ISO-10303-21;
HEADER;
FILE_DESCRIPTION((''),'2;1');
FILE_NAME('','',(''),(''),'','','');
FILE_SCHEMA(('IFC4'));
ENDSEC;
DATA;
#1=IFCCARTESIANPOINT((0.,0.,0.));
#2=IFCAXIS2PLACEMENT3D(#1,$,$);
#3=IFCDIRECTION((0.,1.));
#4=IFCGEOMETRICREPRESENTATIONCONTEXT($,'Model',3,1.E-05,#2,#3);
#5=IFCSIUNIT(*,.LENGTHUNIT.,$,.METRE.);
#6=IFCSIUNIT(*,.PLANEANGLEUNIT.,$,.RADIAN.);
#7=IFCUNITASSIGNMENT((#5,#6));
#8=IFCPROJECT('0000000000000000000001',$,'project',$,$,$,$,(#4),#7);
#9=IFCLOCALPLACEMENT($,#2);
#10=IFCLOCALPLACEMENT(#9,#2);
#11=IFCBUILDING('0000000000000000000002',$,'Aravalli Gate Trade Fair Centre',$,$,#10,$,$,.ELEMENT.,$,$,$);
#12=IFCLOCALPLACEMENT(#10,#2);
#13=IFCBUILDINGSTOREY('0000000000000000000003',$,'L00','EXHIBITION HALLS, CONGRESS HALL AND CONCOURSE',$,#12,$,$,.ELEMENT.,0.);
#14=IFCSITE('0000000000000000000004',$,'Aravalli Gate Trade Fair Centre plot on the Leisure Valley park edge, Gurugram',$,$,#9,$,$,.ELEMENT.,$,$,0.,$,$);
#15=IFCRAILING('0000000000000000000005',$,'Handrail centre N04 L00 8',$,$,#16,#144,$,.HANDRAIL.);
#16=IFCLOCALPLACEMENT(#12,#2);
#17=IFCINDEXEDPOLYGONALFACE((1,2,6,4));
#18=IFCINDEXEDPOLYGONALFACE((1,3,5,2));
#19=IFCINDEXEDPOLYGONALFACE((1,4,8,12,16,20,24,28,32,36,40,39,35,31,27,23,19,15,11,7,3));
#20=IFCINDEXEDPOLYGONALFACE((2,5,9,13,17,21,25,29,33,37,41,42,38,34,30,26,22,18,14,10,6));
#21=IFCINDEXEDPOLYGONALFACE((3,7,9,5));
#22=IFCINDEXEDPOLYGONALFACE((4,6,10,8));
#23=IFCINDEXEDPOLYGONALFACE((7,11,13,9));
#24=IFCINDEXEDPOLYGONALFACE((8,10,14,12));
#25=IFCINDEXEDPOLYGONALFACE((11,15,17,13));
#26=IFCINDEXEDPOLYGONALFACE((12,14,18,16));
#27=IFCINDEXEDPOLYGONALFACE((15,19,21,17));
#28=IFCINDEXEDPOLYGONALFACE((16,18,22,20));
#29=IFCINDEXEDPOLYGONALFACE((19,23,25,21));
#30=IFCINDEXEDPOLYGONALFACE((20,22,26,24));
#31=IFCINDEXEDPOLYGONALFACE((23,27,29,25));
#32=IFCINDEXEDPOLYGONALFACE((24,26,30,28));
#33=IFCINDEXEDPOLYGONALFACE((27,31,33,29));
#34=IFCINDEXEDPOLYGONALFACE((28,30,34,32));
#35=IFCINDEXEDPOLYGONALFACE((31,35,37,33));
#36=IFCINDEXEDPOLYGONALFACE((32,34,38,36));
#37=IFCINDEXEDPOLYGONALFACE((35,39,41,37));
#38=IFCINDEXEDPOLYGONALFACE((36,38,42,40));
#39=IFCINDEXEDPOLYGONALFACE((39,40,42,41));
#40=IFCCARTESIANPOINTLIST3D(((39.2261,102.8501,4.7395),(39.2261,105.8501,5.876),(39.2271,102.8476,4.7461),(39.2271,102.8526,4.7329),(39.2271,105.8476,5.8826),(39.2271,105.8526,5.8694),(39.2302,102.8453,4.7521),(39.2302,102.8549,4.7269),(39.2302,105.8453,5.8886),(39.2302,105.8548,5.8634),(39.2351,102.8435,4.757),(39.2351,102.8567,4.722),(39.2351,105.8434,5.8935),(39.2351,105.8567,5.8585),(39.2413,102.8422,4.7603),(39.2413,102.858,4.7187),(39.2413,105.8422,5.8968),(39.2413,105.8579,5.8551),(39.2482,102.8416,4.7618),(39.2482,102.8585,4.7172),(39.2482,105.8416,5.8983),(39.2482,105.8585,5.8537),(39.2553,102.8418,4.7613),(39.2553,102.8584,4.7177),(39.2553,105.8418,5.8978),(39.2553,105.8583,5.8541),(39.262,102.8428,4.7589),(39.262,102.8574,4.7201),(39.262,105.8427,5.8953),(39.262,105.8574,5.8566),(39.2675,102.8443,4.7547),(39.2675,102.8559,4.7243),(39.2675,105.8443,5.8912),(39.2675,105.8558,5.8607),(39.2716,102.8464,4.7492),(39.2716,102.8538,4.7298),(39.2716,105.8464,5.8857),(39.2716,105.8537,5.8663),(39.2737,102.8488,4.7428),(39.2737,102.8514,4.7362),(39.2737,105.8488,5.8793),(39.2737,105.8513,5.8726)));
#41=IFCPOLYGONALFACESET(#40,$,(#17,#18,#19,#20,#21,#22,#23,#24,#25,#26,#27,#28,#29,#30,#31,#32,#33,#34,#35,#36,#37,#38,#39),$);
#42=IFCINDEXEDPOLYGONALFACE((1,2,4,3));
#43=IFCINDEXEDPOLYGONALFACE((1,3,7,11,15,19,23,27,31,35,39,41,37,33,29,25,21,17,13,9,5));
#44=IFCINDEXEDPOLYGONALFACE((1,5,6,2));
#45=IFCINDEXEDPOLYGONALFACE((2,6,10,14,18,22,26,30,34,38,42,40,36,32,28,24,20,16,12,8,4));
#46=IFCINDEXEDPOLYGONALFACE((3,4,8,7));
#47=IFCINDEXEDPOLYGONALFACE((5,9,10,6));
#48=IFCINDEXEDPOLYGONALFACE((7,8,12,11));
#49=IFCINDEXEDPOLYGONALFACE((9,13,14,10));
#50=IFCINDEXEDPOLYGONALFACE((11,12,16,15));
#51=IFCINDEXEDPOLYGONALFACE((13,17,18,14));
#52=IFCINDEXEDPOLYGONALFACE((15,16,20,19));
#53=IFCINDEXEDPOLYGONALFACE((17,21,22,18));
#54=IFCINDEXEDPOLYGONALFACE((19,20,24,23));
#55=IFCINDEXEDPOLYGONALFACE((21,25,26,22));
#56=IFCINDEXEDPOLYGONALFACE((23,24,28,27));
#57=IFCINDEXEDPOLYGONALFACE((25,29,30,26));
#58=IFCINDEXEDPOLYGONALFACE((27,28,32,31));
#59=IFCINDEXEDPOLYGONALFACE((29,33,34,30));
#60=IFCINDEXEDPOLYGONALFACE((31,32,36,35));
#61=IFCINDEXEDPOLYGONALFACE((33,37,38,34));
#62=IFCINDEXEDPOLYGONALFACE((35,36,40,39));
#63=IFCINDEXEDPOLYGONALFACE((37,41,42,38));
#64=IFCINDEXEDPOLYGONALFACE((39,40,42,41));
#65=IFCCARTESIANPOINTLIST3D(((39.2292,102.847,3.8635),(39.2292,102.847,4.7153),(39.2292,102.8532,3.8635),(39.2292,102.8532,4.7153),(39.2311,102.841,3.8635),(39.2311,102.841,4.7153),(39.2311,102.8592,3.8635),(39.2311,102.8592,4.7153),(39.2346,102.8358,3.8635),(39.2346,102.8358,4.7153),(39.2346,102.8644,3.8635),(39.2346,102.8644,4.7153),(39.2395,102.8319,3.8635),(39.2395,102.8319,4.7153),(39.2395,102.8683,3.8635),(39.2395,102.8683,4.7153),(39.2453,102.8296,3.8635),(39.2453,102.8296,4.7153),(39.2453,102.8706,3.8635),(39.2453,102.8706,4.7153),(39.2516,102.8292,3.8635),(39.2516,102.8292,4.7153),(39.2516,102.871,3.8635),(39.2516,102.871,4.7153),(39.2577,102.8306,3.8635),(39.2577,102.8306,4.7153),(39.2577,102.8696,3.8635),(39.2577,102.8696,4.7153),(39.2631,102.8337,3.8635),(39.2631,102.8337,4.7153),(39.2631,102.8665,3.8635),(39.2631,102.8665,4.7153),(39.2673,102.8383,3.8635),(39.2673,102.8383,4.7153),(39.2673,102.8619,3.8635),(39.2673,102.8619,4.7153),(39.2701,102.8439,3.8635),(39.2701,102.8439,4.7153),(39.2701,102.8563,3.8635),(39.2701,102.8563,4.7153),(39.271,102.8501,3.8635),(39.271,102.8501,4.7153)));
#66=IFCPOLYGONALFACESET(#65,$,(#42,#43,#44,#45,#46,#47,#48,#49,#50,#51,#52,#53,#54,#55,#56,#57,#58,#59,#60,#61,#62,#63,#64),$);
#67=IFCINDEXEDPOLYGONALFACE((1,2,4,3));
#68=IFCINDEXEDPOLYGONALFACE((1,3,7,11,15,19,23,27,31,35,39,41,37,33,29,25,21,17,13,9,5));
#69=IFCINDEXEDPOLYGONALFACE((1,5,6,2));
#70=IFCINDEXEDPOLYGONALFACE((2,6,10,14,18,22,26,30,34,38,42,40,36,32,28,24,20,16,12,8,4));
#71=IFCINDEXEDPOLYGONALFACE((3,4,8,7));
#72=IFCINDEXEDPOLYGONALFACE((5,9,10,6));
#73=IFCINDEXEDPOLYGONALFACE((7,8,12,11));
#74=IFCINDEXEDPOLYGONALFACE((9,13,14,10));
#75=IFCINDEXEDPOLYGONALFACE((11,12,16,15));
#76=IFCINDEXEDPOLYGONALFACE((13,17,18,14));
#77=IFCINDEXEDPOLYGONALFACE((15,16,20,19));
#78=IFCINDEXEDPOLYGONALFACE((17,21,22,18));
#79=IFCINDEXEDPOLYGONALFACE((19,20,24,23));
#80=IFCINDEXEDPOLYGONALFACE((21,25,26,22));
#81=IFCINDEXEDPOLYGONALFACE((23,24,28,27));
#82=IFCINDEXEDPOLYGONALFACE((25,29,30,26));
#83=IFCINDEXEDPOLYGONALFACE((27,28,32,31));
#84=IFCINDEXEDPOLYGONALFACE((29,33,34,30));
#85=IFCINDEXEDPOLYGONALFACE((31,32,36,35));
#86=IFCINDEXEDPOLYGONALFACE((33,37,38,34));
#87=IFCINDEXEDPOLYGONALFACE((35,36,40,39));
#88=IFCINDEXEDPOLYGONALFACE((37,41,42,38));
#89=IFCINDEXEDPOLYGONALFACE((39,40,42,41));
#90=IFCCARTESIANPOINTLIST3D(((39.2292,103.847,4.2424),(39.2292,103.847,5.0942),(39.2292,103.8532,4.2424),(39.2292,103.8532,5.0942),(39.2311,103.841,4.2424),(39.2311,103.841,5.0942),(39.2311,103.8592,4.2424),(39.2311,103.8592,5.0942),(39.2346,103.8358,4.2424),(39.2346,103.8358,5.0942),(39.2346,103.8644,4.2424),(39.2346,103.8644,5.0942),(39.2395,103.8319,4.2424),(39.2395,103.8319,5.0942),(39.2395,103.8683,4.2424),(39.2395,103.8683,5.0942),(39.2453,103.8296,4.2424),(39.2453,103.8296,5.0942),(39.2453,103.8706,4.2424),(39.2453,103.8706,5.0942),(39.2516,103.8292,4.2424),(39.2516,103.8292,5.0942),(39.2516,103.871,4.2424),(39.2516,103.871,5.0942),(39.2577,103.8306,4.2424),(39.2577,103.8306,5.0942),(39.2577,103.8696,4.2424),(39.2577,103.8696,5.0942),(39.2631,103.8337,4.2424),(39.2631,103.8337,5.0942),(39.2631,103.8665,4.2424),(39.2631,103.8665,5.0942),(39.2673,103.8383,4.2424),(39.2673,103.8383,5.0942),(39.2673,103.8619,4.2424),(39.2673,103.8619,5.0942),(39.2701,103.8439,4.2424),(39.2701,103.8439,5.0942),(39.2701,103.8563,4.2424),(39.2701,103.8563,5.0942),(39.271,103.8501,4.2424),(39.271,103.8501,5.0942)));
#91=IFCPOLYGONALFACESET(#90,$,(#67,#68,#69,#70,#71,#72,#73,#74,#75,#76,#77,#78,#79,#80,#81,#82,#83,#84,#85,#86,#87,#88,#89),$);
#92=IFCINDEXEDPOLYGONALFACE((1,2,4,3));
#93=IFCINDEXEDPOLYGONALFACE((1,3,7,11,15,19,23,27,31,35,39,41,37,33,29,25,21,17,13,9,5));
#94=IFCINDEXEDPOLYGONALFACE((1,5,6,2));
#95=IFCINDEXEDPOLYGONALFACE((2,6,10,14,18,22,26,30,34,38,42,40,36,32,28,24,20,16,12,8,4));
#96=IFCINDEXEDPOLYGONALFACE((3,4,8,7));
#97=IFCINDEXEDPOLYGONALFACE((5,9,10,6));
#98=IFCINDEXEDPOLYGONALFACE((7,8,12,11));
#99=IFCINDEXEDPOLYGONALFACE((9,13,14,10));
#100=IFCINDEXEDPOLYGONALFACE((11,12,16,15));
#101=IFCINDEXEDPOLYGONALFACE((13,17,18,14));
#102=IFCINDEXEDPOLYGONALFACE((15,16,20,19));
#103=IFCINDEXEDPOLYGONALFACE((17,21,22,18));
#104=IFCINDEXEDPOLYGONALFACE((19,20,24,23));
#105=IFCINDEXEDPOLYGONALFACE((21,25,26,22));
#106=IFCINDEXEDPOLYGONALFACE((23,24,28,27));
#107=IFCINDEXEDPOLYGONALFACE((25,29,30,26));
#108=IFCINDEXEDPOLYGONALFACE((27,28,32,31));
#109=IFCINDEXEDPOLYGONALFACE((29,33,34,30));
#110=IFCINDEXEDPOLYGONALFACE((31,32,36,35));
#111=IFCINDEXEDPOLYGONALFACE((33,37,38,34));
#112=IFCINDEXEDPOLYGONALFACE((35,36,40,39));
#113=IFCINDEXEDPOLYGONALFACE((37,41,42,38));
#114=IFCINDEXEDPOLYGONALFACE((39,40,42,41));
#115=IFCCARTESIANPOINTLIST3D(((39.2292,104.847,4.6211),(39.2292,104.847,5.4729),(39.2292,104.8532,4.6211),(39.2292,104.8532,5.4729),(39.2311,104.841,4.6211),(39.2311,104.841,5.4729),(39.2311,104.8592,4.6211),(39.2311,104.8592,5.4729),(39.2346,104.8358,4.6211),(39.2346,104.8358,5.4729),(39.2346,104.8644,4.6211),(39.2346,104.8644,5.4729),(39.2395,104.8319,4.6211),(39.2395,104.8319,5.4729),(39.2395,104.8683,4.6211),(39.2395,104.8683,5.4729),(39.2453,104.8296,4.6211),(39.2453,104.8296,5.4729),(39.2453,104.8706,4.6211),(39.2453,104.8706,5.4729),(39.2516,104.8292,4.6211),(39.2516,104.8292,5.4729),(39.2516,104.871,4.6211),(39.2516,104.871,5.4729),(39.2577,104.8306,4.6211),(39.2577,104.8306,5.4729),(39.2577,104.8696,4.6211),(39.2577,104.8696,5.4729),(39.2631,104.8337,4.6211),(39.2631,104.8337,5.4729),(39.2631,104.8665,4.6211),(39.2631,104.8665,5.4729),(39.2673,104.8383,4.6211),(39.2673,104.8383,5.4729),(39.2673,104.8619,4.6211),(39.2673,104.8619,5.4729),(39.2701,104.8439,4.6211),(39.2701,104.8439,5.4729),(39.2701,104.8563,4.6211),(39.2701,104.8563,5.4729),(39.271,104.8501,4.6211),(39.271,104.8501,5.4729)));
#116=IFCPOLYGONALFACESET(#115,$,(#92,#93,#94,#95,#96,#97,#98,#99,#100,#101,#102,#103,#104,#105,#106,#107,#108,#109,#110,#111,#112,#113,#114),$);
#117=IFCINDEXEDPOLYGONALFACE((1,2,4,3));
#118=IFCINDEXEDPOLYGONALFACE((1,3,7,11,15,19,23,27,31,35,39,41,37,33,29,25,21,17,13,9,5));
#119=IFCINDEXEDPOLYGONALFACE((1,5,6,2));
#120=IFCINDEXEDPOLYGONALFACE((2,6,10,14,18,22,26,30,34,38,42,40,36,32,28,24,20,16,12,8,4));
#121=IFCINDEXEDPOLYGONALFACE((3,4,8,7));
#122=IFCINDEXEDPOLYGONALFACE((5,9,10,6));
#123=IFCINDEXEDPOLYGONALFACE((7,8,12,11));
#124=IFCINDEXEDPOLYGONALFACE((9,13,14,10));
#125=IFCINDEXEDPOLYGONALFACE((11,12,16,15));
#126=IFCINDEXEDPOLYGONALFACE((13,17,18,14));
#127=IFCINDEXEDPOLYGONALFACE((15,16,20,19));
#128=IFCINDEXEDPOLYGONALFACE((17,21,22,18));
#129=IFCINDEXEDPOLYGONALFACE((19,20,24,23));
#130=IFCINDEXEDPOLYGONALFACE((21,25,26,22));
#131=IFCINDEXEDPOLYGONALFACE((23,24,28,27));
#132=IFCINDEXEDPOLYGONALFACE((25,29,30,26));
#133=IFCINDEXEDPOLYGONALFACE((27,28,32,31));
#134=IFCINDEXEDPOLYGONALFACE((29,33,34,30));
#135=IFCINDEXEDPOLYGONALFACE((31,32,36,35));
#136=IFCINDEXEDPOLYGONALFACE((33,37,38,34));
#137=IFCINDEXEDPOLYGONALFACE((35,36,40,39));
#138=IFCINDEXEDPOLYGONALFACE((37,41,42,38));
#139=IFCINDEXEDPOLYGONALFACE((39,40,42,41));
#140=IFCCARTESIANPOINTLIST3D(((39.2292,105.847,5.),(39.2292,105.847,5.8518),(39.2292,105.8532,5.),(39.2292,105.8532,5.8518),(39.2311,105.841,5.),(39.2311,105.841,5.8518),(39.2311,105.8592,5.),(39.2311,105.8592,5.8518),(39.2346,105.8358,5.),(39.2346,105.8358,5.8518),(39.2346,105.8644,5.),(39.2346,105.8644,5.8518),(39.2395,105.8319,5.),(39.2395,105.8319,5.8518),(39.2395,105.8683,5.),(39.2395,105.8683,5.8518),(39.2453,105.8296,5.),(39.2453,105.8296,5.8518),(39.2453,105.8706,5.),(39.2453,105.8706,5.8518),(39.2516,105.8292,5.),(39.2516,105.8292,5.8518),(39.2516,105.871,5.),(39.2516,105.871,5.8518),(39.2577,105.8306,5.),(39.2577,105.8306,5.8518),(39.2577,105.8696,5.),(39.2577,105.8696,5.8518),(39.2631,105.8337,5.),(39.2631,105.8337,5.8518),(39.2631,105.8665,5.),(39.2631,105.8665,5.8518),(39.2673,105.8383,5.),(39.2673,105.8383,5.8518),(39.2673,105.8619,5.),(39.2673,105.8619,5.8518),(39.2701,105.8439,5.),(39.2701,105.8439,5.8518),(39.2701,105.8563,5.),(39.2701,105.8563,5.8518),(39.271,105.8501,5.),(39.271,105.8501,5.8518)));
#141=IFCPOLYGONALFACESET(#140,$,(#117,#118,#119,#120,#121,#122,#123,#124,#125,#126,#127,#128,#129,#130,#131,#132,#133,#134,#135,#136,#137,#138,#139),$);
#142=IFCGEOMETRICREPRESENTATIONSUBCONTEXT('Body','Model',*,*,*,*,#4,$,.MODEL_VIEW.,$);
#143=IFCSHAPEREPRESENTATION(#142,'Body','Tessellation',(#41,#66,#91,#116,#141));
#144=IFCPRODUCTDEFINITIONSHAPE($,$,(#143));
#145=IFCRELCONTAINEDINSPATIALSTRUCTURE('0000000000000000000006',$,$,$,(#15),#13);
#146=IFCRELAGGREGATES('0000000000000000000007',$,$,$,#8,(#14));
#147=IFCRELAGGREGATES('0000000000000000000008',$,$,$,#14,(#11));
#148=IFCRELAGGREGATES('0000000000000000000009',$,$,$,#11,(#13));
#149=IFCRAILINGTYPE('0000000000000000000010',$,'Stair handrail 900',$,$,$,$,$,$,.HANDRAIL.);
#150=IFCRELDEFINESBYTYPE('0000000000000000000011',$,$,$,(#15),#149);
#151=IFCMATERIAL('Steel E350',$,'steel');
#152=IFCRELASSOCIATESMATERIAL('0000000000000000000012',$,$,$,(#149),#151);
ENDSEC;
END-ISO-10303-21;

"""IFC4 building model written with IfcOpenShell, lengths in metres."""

from ifc_helpers import new_model, si_unit, direction, frame, origin, origin_2d, place, context, subcontext, project, spatial, circle, extrude, material, type_object, element, save


model = new_model("IFC4")

# Units and contexts
model_context = context("Model", 3, precision=1e-05, world=origin(), true_north=direction((0.0, 1.0)))
body_context = subcontext(model_context, "Body", "Model", "MODEL_VIEW")
ifc_project = project(units=[si_unit("LENGTHUNIT", "METRE"), si_unit("PLANEANGLEUNIT", "RADIAN")], contexts=[model_context])

# Site, building, storey
site_placement = place(None, origin())
site = spatial("IfcSite", under=ifc_project, at=site_placement, Name="Aravalli Gate Trade Fair Centre plot on the Leisure Valley park edge, Gurugram", CompositionType="ELEMENT", RefElevation=0.0)
building_placement = place(site_placement, origin())
building = spatial("IfcBuilding", under=site, at=building_placement, Name="Aravalli Gate Trade Fair Centre", CompositionType="ELEMENT")
storey_placement = place(building_placement, origin())
storey = spatial("IfcBuildingStorey", under=building, at=storey_placement, Name="L00", Description="EXHIBITION HALLS, CONGRESS HALL AND CONCOURSE", CompositionType="ELEMENT", Elevation=0.0)

# Railing
ifc_material_1 = material(Name="Steel E350", Category="steel")
railing_type = type_object("IfcRailingType", Name="Stair handrail 900", PredefinedType="HANDRAIL", material=ifc_material_1)
for number, where, name in (
    (1, (39.25, 102.8501, 3.8635), "Handrail centre N04 L00 8"),
):
    element("IfcRailing", number, at=place(storey_placement, frame(where)), inside=storey, type_object=railing_type, Name=name, PredefinedType="HANDRAIL", context=body_context, shape_type="SweptSolid", body=[
        extrude(circle(Radius=0.0239, at=origin_2d()), frame((0.0, 0.0, 0.876), z_axis=(0.0, 0.935148, 0.354257), x_axis=(-1.0, 0.0, 0.0)), (0.0, 0.0, 1.0), 3.208),
        extrude(circle(Radius=0.021, at=origin_2d()), origin(), (0.0, 0.0, 1.0), 0.8518),
        extrude(circle(Radius=0.021, at=origin_2d()), frame((0.0, 1.0, 0.3789)), (0.0, 0.0, 1.0), 0.8518),
        extrude(circle(Radius=0.021, at=origin_2d()), frame((0.0, 2.0, 0.7576)), (0.0, 0.0, 1.0), 0.8518),
        extrude(circle(Radius=0.021, at=origin_2d()), frame((0.0, 3.0, 1.1365)), (0.0, 0.0, 1.0), 0.8518),
    ])

save(model, "model.ifc")
